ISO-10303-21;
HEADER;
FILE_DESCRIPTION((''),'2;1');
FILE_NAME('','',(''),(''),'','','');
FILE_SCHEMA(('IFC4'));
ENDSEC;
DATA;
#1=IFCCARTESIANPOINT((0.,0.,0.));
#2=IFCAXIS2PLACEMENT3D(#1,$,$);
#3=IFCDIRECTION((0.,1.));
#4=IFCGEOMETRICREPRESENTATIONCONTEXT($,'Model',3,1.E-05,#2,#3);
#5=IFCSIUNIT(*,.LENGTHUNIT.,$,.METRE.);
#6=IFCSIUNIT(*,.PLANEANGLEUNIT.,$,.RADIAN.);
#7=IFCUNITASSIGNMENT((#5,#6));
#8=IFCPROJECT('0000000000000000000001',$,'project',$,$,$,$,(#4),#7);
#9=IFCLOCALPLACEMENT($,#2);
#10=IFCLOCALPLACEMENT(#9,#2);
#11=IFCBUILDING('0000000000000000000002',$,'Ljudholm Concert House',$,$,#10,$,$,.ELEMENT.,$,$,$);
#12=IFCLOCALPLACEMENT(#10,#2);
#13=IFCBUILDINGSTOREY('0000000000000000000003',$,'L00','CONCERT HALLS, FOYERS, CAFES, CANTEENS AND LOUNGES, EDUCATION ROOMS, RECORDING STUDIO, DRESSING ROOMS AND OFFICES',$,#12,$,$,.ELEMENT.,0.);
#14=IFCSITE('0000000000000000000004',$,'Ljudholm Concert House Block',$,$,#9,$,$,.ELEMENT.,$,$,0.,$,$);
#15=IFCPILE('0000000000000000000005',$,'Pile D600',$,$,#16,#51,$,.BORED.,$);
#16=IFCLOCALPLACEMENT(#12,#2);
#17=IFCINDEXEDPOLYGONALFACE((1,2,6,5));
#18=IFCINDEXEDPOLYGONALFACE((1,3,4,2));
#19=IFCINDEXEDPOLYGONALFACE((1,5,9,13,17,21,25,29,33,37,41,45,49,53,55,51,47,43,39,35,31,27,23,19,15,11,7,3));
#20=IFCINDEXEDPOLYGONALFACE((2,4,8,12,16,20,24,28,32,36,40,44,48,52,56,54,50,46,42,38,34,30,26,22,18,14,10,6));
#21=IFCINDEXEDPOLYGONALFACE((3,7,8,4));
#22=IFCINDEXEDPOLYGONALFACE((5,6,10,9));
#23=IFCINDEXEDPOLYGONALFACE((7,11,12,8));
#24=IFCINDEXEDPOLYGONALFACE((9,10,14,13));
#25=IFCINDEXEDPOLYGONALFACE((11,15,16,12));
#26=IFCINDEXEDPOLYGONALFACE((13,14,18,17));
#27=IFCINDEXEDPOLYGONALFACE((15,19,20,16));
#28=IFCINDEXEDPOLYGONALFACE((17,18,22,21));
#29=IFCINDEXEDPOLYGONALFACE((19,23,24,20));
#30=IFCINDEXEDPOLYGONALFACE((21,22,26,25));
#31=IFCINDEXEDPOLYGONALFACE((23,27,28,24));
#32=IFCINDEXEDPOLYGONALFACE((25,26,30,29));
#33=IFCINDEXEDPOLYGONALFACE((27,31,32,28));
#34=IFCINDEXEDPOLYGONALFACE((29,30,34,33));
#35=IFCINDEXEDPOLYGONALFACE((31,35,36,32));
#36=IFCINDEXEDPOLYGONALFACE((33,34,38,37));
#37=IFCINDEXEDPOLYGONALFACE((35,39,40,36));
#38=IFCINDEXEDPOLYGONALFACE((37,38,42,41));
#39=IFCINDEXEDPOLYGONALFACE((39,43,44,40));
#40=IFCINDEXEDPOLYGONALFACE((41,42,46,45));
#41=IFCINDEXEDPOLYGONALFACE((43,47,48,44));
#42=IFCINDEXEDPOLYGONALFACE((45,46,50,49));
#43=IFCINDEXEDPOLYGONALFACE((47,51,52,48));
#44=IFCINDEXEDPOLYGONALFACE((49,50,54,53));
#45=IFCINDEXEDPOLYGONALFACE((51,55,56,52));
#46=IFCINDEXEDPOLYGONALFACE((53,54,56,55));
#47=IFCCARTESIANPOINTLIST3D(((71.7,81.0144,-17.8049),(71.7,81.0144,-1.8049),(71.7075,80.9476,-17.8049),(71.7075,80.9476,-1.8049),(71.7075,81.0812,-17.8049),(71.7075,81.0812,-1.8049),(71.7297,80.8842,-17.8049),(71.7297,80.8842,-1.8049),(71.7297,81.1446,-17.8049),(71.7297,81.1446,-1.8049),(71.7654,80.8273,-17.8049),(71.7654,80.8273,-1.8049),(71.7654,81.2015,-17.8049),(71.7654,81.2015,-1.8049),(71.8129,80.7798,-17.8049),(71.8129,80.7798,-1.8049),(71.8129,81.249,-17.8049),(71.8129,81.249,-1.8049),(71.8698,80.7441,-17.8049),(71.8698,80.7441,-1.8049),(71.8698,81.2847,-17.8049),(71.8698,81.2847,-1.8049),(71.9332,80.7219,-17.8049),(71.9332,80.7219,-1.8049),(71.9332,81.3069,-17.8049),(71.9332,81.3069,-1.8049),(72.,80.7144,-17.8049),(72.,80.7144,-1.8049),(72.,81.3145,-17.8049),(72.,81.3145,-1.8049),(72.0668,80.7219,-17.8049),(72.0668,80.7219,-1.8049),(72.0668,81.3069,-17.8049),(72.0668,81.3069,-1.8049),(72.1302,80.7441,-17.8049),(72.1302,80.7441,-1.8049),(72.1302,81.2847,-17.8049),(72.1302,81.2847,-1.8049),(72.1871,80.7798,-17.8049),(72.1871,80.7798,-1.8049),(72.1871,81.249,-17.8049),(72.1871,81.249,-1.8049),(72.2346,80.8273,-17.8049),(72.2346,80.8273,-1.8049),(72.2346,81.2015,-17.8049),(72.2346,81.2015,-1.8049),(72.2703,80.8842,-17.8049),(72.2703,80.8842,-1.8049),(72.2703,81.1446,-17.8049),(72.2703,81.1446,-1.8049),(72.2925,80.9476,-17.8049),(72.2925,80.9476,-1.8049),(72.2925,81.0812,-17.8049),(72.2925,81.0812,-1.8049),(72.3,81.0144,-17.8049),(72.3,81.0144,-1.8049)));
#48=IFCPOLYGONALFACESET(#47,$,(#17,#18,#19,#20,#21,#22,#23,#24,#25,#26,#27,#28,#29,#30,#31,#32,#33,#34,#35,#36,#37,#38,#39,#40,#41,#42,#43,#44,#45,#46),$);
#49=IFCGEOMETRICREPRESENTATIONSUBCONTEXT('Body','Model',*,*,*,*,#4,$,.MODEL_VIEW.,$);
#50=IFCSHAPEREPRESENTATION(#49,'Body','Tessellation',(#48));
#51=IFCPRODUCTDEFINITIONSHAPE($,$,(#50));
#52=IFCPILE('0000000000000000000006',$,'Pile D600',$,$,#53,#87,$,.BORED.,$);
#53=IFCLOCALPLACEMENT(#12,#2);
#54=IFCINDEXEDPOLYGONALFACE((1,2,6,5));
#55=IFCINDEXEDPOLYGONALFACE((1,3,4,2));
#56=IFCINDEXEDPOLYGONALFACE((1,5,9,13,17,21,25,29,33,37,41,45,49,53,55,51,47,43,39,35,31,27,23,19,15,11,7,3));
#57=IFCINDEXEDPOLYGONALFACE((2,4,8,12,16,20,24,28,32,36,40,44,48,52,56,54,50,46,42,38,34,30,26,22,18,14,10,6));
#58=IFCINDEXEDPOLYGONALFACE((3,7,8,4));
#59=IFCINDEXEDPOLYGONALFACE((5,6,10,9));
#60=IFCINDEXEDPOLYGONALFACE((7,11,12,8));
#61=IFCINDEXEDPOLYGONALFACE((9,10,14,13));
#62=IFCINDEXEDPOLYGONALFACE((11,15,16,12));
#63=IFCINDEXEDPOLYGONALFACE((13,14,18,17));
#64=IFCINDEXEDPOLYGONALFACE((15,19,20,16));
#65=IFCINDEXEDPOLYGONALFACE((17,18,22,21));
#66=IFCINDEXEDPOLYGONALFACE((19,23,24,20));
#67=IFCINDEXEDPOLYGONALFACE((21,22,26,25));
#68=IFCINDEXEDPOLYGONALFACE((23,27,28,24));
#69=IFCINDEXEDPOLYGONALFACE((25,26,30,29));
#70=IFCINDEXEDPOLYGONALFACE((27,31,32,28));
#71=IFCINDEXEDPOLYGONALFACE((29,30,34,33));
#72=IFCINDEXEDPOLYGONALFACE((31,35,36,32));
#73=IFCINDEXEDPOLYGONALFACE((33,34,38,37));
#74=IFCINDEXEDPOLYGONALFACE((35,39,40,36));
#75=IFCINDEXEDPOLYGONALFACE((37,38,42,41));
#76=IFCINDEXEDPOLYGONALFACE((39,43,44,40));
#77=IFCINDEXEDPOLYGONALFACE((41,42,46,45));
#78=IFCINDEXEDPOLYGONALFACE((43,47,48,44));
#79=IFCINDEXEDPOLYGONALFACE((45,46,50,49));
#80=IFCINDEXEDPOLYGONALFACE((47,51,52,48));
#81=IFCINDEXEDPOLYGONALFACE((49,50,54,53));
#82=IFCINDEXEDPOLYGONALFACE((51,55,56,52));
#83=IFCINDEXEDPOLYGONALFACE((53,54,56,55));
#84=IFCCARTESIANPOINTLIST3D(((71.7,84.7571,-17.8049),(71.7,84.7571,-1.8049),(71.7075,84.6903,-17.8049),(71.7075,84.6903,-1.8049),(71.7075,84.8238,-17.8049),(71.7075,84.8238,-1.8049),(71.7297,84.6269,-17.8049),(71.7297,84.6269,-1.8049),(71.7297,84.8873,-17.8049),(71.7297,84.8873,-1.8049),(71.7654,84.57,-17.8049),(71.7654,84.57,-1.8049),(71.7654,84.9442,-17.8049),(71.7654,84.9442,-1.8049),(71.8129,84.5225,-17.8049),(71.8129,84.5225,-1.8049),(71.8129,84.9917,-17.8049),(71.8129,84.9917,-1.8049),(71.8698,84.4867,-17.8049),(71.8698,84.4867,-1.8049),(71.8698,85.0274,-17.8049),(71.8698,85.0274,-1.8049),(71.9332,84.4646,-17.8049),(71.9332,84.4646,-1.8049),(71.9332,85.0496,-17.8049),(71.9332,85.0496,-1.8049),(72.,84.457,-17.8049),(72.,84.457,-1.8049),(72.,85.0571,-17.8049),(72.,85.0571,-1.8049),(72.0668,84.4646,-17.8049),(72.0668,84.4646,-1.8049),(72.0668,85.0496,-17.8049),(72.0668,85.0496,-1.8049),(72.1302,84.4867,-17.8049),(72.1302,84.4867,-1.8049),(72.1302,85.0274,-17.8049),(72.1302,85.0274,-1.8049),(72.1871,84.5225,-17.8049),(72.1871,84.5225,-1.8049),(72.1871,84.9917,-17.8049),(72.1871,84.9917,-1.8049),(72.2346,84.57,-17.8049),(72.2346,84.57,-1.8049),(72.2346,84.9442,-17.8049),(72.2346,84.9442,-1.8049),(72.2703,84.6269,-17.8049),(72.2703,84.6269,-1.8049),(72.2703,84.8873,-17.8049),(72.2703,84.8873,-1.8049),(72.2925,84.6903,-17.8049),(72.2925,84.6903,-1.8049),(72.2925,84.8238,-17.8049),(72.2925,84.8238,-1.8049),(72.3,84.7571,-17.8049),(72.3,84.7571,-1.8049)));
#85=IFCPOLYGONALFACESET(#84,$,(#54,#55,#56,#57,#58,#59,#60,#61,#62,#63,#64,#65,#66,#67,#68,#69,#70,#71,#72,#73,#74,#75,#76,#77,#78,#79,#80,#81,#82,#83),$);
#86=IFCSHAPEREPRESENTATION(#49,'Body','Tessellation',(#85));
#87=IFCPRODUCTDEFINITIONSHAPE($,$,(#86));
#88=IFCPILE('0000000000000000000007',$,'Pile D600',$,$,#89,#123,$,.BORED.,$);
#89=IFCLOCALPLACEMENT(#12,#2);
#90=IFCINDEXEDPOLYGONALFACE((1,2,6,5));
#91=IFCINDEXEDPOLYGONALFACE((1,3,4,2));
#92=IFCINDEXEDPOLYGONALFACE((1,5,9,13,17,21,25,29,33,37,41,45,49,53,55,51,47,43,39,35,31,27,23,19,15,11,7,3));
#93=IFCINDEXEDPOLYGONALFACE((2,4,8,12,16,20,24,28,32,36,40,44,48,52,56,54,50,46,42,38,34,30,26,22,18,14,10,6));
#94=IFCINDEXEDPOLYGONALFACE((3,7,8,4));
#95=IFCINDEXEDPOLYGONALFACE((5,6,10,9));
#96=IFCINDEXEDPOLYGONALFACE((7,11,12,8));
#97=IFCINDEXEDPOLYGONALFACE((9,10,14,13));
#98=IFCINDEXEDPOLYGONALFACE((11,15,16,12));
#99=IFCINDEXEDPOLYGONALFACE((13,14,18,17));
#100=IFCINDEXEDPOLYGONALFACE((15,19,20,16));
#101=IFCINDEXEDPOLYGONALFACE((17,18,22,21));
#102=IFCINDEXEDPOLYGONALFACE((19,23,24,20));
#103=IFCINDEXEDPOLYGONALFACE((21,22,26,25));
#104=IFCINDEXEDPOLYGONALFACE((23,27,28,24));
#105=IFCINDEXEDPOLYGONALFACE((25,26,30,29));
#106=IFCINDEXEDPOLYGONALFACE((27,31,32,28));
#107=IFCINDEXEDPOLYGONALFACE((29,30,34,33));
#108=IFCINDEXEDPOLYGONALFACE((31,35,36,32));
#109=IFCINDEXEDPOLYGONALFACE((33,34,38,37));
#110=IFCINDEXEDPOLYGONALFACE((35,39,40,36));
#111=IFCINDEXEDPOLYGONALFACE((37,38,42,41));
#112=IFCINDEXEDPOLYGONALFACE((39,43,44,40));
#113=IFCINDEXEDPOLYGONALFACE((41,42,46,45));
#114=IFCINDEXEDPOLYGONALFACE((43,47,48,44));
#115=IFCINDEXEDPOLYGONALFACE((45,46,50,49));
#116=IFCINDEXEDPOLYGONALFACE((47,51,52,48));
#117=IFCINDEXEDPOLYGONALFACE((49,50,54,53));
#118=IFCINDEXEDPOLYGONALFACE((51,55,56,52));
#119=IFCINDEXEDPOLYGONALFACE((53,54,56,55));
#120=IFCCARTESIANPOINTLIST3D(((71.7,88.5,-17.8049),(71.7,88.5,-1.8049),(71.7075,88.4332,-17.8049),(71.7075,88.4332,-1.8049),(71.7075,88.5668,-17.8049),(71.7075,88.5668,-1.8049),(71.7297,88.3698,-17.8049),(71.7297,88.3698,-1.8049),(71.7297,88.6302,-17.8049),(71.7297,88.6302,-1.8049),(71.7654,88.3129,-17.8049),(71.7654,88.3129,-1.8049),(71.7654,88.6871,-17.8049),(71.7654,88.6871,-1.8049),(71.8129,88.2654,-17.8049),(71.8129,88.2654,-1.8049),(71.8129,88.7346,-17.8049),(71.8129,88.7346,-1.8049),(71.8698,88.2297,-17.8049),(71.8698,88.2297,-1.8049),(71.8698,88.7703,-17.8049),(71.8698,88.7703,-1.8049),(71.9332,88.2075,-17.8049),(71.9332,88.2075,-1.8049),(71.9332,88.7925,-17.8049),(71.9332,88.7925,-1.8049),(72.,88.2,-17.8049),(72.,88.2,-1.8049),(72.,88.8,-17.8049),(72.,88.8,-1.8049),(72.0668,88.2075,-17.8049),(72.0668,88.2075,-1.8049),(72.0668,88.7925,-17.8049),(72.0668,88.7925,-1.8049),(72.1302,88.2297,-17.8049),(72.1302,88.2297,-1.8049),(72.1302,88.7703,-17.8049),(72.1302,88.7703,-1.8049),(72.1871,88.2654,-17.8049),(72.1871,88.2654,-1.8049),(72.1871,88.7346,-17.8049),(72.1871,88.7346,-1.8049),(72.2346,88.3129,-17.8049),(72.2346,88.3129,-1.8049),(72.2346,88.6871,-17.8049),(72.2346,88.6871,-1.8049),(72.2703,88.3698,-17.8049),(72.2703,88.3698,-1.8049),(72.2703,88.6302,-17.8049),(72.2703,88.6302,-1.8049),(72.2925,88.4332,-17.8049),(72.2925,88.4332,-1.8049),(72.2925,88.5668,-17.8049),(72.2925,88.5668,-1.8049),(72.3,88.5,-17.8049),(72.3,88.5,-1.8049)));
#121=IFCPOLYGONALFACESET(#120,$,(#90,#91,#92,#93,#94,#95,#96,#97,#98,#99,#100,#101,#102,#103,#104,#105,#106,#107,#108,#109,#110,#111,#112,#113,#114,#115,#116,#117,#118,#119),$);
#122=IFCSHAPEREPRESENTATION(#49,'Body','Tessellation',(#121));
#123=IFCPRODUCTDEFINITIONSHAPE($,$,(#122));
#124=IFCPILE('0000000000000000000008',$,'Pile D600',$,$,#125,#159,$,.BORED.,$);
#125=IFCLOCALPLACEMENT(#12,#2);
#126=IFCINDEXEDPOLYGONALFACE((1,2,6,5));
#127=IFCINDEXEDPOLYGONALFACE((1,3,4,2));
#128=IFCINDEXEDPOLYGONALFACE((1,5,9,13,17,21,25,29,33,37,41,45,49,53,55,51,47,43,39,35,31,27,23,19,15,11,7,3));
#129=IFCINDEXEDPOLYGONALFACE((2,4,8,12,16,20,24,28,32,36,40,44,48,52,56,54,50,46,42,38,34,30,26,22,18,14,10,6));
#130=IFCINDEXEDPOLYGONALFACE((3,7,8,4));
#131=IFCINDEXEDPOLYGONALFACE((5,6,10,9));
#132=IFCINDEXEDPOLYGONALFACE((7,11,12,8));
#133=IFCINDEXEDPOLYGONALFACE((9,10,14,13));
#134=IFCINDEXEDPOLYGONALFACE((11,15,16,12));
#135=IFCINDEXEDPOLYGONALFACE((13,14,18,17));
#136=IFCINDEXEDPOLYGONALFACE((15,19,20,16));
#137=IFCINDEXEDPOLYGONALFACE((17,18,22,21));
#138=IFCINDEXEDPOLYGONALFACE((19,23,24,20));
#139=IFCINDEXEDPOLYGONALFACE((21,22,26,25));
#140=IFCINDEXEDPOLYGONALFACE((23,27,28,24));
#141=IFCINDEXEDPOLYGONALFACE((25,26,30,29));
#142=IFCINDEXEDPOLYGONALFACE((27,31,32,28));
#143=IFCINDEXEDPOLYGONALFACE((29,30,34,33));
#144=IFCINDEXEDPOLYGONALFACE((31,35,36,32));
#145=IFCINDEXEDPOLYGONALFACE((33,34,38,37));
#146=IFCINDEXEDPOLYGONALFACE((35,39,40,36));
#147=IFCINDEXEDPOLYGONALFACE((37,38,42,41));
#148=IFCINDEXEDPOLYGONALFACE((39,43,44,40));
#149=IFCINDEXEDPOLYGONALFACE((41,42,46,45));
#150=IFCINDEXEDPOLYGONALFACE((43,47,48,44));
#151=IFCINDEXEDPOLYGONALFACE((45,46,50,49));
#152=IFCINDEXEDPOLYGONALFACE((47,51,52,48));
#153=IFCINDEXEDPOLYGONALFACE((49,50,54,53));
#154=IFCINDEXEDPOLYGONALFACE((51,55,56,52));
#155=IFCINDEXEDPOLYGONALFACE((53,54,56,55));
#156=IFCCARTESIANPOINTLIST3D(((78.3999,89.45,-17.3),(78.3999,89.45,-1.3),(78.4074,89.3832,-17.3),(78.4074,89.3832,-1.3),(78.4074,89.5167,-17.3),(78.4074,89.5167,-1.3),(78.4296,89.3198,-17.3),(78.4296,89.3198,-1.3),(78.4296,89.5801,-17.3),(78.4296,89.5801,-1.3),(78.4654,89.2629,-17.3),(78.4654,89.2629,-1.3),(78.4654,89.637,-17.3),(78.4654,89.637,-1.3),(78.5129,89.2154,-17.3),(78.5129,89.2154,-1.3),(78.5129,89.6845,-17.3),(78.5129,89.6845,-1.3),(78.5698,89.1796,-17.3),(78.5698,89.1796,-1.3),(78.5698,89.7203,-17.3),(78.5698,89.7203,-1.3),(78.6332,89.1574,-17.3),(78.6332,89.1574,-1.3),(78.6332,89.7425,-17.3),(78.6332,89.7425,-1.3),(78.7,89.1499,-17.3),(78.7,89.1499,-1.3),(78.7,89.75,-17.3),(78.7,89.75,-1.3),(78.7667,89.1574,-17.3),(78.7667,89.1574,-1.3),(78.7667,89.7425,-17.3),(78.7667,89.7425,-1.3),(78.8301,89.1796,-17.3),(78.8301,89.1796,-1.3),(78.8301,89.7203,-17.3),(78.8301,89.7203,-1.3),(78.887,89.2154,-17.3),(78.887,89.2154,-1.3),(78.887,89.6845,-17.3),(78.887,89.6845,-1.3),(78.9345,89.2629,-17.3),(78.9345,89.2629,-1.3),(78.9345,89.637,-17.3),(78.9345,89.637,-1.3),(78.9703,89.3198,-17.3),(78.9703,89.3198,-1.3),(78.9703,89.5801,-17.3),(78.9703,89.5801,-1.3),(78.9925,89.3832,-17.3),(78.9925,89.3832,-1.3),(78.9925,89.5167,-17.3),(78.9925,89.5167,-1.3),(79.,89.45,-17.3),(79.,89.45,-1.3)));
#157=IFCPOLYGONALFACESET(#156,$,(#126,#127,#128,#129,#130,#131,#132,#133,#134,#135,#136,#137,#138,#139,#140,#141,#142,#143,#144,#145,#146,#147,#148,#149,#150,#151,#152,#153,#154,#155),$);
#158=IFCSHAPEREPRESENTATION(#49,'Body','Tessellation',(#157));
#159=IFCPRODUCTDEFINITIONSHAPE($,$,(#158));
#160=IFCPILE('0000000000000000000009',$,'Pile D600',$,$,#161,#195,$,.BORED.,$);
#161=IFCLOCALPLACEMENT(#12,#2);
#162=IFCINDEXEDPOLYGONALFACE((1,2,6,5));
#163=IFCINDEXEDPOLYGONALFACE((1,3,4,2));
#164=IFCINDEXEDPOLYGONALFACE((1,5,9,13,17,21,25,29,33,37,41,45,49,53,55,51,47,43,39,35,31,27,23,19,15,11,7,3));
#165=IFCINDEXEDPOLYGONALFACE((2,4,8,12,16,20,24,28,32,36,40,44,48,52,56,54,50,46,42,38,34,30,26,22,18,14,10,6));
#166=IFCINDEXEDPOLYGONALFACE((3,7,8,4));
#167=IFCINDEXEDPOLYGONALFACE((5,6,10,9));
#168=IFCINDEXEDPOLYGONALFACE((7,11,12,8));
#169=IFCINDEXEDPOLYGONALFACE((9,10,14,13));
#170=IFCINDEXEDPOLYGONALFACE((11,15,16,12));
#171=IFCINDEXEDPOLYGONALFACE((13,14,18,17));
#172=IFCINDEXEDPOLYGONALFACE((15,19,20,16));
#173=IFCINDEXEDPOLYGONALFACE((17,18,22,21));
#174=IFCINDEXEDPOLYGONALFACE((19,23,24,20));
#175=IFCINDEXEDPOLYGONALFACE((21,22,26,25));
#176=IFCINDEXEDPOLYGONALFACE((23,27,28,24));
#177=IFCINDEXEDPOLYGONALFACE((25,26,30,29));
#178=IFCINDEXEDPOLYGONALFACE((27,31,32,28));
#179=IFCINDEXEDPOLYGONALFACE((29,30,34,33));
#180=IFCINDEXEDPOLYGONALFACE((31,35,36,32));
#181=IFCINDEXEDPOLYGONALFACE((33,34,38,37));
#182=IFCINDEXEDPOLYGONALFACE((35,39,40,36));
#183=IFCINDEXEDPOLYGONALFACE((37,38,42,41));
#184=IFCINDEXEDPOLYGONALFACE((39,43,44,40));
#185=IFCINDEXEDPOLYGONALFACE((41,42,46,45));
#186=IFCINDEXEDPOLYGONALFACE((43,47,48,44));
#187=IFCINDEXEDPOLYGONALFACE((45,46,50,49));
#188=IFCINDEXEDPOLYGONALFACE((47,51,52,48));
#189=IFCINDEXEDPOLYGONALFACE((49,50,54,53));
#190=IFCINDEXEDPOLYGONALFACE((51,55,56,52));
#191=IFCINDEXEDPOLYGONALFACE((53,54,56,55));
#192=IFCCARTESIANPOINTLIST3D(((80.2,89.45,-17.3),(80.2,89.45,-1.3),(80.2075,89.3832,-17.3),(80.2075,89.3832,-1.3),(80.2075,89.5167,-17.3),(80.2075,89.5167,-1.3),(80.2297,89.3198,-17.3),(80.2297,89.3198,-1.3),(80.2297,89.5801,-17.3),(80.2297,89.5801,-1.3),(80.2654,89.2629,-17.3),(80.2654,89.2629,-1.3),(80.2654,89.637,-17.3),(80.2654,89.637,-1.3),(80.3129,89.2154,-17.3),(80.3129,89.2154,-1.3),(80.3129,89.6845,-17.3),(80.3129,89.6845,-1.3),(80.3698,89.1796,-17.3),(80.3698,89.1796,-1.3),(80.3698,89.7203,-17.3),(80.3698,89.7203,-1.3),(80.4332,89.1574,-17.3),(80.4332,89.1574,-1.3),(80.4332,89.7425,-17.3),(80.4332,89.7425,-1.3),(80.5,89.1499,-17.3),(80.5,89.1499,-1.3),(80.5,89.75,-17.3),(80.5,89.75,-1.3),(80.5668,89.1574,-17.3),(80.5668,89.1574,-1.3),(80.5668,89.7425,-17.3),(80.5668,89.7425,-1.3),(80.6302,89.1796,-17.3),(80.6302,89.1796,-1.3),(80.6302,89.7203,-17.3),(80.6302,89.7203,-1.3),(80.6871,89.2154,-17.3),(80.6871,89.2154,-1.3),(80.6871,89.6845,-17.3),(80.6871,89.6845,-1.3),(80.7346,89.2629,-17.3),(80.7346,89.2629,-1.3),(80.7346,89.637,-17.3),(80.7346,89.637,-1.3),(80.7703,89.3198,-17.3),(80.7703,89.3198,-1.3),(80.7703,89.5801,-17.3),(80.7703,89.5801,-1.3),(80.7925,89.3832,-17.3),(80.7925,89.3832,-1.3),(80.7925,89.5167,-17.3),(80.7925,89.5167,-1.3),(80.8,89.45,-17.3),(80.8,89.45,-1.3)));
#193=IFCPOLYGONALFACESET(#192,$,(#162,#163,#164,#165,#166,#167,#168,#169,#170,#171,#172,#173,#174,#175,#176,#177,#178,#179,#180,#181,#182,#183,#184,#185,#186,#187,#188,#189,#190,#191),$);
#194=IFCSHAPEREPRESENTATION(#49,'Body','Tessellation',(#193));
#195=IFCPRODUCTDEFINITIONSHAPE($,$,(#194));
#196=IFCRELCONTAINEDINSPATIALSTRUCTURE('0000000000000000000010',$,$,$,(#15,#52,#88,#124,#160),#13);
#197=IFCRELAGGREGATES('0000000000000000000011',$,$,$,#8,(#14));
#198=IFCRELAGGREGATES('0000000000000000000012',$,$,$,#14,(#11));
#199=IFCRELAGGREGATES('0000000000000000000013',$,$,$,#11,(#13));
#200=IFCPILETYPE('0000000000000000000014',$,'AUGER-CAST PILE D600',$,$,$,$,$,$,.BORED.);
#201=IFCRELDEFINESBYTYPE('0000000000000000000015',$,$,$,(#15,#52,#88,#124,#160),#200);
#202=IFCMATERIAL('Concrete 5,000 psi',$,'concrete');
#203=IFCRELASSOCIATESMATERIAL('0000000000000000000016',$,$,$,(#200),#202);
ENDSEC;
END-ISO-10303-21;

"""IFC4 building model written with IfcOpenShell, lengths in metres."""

from ifc_helpers import new_model, si_unit, direction, frame, origin, origin_2d, place, context, subcontext, project, spatial, circle, extrude, material, material_profile, profile_set, type_object, element, save


model = new_model("IFC4")

# Units and contexts
model_context = context("Model", 3, precision=1e-05, world=origin(), true_north=direction((0.0, 1.0)))
body_context = subcontext(model_context, "Body", "Model", "MODEL_VIEW")
ifc_project = project(units=[si_unit("LENGTHUNIT", "METRE"), si_unit("PLANEANGLEUNIT", "RADIAN")], contexts=[model_context])

# Site, building, storey
site_placement = place(None, origin())
site = spatial("IfcSite", under=ifc_project, at=site_placement, Name="Ljudholm Concert House Block", CompositionType="ELEMENT", RefElevation=0.0)
building_placement = place(site_placement, origin())
building = spatial("IfcBuilding", under=site, at=building_placement, Name="Ljudholm Concert House", CompositionType="ELEMENT")
storey_placement = place(building_placement, origin())
storey = spatial("IfcBuildingStorey", under=building, at=storey_placement, Name="L00", Description="CONCERT HALLS, FOYERS, CAFES, CANTEENS AND LOUNGES, EDUCATION ROOMS, RECORDING STUDIO, DRESSING ROOMS AND OFFICES", CompositionType="ELEMENT", Elevation=0.0)

# Piles
ifc_material_1 = material(Name="Concrete 5,000 psi", Category="concrete")
ifc_material_profile = material_profile(ifc_material_1, circle(Radius=0.3, at=origin_2d()), Name="AUGER-CAST PILE D600")
ifc_profile_set = profile_set([ifc_material_profile], Name="Concrete 5,000 psi")
pile_type = type_object("IfcPileType", Name="AUGER-CAST PILE D600", PredefinedType="BORED", material=ifc_profile_set)
for number, where, z_axis, x_axis, name in (
    (1, (72.0, 81.0144, -1.8049), (0.0, 0.0, -1.0), (1.0, 0.0, 0.0), "Pile D600"),
    (2, (72.0, 84.7571, -1.8049), (0.0, 0.0, -1.0), (1.0, 0.0, 0.0), "Pile D600"),
    (3, (72.0, 88.5, -1.8049), (0.0, 0.0, -1.0), (1.0, 0.0, 0.0), "Pile D600"),
    (4, (78.7, 89.45, -1.3), (0.0, 0.0, -1.0), (1.0, 0.0, 0.0), "Pile D600"),
    (5, (80.5, 89.45, -1.3), (0.0, 0.0, -1.0), (1.0, 0.0, 0.0), "Pile D600"),
):
    element("IfcPile", number, at=place(storey_placement, frame(where, z_axis=z_axis, x_axis=x_axis)), inside=storey, type_object=pile_type, Name=name, PredefinedType="BORED", context=body_context, shape_type="SweptSolid", body=[
        extrude(circle(Radius=0.3, at=origin_2d()), origin(), (0.0, 0.0, 1.0), 16.0),
    ])

save(model, "model.ifc")
